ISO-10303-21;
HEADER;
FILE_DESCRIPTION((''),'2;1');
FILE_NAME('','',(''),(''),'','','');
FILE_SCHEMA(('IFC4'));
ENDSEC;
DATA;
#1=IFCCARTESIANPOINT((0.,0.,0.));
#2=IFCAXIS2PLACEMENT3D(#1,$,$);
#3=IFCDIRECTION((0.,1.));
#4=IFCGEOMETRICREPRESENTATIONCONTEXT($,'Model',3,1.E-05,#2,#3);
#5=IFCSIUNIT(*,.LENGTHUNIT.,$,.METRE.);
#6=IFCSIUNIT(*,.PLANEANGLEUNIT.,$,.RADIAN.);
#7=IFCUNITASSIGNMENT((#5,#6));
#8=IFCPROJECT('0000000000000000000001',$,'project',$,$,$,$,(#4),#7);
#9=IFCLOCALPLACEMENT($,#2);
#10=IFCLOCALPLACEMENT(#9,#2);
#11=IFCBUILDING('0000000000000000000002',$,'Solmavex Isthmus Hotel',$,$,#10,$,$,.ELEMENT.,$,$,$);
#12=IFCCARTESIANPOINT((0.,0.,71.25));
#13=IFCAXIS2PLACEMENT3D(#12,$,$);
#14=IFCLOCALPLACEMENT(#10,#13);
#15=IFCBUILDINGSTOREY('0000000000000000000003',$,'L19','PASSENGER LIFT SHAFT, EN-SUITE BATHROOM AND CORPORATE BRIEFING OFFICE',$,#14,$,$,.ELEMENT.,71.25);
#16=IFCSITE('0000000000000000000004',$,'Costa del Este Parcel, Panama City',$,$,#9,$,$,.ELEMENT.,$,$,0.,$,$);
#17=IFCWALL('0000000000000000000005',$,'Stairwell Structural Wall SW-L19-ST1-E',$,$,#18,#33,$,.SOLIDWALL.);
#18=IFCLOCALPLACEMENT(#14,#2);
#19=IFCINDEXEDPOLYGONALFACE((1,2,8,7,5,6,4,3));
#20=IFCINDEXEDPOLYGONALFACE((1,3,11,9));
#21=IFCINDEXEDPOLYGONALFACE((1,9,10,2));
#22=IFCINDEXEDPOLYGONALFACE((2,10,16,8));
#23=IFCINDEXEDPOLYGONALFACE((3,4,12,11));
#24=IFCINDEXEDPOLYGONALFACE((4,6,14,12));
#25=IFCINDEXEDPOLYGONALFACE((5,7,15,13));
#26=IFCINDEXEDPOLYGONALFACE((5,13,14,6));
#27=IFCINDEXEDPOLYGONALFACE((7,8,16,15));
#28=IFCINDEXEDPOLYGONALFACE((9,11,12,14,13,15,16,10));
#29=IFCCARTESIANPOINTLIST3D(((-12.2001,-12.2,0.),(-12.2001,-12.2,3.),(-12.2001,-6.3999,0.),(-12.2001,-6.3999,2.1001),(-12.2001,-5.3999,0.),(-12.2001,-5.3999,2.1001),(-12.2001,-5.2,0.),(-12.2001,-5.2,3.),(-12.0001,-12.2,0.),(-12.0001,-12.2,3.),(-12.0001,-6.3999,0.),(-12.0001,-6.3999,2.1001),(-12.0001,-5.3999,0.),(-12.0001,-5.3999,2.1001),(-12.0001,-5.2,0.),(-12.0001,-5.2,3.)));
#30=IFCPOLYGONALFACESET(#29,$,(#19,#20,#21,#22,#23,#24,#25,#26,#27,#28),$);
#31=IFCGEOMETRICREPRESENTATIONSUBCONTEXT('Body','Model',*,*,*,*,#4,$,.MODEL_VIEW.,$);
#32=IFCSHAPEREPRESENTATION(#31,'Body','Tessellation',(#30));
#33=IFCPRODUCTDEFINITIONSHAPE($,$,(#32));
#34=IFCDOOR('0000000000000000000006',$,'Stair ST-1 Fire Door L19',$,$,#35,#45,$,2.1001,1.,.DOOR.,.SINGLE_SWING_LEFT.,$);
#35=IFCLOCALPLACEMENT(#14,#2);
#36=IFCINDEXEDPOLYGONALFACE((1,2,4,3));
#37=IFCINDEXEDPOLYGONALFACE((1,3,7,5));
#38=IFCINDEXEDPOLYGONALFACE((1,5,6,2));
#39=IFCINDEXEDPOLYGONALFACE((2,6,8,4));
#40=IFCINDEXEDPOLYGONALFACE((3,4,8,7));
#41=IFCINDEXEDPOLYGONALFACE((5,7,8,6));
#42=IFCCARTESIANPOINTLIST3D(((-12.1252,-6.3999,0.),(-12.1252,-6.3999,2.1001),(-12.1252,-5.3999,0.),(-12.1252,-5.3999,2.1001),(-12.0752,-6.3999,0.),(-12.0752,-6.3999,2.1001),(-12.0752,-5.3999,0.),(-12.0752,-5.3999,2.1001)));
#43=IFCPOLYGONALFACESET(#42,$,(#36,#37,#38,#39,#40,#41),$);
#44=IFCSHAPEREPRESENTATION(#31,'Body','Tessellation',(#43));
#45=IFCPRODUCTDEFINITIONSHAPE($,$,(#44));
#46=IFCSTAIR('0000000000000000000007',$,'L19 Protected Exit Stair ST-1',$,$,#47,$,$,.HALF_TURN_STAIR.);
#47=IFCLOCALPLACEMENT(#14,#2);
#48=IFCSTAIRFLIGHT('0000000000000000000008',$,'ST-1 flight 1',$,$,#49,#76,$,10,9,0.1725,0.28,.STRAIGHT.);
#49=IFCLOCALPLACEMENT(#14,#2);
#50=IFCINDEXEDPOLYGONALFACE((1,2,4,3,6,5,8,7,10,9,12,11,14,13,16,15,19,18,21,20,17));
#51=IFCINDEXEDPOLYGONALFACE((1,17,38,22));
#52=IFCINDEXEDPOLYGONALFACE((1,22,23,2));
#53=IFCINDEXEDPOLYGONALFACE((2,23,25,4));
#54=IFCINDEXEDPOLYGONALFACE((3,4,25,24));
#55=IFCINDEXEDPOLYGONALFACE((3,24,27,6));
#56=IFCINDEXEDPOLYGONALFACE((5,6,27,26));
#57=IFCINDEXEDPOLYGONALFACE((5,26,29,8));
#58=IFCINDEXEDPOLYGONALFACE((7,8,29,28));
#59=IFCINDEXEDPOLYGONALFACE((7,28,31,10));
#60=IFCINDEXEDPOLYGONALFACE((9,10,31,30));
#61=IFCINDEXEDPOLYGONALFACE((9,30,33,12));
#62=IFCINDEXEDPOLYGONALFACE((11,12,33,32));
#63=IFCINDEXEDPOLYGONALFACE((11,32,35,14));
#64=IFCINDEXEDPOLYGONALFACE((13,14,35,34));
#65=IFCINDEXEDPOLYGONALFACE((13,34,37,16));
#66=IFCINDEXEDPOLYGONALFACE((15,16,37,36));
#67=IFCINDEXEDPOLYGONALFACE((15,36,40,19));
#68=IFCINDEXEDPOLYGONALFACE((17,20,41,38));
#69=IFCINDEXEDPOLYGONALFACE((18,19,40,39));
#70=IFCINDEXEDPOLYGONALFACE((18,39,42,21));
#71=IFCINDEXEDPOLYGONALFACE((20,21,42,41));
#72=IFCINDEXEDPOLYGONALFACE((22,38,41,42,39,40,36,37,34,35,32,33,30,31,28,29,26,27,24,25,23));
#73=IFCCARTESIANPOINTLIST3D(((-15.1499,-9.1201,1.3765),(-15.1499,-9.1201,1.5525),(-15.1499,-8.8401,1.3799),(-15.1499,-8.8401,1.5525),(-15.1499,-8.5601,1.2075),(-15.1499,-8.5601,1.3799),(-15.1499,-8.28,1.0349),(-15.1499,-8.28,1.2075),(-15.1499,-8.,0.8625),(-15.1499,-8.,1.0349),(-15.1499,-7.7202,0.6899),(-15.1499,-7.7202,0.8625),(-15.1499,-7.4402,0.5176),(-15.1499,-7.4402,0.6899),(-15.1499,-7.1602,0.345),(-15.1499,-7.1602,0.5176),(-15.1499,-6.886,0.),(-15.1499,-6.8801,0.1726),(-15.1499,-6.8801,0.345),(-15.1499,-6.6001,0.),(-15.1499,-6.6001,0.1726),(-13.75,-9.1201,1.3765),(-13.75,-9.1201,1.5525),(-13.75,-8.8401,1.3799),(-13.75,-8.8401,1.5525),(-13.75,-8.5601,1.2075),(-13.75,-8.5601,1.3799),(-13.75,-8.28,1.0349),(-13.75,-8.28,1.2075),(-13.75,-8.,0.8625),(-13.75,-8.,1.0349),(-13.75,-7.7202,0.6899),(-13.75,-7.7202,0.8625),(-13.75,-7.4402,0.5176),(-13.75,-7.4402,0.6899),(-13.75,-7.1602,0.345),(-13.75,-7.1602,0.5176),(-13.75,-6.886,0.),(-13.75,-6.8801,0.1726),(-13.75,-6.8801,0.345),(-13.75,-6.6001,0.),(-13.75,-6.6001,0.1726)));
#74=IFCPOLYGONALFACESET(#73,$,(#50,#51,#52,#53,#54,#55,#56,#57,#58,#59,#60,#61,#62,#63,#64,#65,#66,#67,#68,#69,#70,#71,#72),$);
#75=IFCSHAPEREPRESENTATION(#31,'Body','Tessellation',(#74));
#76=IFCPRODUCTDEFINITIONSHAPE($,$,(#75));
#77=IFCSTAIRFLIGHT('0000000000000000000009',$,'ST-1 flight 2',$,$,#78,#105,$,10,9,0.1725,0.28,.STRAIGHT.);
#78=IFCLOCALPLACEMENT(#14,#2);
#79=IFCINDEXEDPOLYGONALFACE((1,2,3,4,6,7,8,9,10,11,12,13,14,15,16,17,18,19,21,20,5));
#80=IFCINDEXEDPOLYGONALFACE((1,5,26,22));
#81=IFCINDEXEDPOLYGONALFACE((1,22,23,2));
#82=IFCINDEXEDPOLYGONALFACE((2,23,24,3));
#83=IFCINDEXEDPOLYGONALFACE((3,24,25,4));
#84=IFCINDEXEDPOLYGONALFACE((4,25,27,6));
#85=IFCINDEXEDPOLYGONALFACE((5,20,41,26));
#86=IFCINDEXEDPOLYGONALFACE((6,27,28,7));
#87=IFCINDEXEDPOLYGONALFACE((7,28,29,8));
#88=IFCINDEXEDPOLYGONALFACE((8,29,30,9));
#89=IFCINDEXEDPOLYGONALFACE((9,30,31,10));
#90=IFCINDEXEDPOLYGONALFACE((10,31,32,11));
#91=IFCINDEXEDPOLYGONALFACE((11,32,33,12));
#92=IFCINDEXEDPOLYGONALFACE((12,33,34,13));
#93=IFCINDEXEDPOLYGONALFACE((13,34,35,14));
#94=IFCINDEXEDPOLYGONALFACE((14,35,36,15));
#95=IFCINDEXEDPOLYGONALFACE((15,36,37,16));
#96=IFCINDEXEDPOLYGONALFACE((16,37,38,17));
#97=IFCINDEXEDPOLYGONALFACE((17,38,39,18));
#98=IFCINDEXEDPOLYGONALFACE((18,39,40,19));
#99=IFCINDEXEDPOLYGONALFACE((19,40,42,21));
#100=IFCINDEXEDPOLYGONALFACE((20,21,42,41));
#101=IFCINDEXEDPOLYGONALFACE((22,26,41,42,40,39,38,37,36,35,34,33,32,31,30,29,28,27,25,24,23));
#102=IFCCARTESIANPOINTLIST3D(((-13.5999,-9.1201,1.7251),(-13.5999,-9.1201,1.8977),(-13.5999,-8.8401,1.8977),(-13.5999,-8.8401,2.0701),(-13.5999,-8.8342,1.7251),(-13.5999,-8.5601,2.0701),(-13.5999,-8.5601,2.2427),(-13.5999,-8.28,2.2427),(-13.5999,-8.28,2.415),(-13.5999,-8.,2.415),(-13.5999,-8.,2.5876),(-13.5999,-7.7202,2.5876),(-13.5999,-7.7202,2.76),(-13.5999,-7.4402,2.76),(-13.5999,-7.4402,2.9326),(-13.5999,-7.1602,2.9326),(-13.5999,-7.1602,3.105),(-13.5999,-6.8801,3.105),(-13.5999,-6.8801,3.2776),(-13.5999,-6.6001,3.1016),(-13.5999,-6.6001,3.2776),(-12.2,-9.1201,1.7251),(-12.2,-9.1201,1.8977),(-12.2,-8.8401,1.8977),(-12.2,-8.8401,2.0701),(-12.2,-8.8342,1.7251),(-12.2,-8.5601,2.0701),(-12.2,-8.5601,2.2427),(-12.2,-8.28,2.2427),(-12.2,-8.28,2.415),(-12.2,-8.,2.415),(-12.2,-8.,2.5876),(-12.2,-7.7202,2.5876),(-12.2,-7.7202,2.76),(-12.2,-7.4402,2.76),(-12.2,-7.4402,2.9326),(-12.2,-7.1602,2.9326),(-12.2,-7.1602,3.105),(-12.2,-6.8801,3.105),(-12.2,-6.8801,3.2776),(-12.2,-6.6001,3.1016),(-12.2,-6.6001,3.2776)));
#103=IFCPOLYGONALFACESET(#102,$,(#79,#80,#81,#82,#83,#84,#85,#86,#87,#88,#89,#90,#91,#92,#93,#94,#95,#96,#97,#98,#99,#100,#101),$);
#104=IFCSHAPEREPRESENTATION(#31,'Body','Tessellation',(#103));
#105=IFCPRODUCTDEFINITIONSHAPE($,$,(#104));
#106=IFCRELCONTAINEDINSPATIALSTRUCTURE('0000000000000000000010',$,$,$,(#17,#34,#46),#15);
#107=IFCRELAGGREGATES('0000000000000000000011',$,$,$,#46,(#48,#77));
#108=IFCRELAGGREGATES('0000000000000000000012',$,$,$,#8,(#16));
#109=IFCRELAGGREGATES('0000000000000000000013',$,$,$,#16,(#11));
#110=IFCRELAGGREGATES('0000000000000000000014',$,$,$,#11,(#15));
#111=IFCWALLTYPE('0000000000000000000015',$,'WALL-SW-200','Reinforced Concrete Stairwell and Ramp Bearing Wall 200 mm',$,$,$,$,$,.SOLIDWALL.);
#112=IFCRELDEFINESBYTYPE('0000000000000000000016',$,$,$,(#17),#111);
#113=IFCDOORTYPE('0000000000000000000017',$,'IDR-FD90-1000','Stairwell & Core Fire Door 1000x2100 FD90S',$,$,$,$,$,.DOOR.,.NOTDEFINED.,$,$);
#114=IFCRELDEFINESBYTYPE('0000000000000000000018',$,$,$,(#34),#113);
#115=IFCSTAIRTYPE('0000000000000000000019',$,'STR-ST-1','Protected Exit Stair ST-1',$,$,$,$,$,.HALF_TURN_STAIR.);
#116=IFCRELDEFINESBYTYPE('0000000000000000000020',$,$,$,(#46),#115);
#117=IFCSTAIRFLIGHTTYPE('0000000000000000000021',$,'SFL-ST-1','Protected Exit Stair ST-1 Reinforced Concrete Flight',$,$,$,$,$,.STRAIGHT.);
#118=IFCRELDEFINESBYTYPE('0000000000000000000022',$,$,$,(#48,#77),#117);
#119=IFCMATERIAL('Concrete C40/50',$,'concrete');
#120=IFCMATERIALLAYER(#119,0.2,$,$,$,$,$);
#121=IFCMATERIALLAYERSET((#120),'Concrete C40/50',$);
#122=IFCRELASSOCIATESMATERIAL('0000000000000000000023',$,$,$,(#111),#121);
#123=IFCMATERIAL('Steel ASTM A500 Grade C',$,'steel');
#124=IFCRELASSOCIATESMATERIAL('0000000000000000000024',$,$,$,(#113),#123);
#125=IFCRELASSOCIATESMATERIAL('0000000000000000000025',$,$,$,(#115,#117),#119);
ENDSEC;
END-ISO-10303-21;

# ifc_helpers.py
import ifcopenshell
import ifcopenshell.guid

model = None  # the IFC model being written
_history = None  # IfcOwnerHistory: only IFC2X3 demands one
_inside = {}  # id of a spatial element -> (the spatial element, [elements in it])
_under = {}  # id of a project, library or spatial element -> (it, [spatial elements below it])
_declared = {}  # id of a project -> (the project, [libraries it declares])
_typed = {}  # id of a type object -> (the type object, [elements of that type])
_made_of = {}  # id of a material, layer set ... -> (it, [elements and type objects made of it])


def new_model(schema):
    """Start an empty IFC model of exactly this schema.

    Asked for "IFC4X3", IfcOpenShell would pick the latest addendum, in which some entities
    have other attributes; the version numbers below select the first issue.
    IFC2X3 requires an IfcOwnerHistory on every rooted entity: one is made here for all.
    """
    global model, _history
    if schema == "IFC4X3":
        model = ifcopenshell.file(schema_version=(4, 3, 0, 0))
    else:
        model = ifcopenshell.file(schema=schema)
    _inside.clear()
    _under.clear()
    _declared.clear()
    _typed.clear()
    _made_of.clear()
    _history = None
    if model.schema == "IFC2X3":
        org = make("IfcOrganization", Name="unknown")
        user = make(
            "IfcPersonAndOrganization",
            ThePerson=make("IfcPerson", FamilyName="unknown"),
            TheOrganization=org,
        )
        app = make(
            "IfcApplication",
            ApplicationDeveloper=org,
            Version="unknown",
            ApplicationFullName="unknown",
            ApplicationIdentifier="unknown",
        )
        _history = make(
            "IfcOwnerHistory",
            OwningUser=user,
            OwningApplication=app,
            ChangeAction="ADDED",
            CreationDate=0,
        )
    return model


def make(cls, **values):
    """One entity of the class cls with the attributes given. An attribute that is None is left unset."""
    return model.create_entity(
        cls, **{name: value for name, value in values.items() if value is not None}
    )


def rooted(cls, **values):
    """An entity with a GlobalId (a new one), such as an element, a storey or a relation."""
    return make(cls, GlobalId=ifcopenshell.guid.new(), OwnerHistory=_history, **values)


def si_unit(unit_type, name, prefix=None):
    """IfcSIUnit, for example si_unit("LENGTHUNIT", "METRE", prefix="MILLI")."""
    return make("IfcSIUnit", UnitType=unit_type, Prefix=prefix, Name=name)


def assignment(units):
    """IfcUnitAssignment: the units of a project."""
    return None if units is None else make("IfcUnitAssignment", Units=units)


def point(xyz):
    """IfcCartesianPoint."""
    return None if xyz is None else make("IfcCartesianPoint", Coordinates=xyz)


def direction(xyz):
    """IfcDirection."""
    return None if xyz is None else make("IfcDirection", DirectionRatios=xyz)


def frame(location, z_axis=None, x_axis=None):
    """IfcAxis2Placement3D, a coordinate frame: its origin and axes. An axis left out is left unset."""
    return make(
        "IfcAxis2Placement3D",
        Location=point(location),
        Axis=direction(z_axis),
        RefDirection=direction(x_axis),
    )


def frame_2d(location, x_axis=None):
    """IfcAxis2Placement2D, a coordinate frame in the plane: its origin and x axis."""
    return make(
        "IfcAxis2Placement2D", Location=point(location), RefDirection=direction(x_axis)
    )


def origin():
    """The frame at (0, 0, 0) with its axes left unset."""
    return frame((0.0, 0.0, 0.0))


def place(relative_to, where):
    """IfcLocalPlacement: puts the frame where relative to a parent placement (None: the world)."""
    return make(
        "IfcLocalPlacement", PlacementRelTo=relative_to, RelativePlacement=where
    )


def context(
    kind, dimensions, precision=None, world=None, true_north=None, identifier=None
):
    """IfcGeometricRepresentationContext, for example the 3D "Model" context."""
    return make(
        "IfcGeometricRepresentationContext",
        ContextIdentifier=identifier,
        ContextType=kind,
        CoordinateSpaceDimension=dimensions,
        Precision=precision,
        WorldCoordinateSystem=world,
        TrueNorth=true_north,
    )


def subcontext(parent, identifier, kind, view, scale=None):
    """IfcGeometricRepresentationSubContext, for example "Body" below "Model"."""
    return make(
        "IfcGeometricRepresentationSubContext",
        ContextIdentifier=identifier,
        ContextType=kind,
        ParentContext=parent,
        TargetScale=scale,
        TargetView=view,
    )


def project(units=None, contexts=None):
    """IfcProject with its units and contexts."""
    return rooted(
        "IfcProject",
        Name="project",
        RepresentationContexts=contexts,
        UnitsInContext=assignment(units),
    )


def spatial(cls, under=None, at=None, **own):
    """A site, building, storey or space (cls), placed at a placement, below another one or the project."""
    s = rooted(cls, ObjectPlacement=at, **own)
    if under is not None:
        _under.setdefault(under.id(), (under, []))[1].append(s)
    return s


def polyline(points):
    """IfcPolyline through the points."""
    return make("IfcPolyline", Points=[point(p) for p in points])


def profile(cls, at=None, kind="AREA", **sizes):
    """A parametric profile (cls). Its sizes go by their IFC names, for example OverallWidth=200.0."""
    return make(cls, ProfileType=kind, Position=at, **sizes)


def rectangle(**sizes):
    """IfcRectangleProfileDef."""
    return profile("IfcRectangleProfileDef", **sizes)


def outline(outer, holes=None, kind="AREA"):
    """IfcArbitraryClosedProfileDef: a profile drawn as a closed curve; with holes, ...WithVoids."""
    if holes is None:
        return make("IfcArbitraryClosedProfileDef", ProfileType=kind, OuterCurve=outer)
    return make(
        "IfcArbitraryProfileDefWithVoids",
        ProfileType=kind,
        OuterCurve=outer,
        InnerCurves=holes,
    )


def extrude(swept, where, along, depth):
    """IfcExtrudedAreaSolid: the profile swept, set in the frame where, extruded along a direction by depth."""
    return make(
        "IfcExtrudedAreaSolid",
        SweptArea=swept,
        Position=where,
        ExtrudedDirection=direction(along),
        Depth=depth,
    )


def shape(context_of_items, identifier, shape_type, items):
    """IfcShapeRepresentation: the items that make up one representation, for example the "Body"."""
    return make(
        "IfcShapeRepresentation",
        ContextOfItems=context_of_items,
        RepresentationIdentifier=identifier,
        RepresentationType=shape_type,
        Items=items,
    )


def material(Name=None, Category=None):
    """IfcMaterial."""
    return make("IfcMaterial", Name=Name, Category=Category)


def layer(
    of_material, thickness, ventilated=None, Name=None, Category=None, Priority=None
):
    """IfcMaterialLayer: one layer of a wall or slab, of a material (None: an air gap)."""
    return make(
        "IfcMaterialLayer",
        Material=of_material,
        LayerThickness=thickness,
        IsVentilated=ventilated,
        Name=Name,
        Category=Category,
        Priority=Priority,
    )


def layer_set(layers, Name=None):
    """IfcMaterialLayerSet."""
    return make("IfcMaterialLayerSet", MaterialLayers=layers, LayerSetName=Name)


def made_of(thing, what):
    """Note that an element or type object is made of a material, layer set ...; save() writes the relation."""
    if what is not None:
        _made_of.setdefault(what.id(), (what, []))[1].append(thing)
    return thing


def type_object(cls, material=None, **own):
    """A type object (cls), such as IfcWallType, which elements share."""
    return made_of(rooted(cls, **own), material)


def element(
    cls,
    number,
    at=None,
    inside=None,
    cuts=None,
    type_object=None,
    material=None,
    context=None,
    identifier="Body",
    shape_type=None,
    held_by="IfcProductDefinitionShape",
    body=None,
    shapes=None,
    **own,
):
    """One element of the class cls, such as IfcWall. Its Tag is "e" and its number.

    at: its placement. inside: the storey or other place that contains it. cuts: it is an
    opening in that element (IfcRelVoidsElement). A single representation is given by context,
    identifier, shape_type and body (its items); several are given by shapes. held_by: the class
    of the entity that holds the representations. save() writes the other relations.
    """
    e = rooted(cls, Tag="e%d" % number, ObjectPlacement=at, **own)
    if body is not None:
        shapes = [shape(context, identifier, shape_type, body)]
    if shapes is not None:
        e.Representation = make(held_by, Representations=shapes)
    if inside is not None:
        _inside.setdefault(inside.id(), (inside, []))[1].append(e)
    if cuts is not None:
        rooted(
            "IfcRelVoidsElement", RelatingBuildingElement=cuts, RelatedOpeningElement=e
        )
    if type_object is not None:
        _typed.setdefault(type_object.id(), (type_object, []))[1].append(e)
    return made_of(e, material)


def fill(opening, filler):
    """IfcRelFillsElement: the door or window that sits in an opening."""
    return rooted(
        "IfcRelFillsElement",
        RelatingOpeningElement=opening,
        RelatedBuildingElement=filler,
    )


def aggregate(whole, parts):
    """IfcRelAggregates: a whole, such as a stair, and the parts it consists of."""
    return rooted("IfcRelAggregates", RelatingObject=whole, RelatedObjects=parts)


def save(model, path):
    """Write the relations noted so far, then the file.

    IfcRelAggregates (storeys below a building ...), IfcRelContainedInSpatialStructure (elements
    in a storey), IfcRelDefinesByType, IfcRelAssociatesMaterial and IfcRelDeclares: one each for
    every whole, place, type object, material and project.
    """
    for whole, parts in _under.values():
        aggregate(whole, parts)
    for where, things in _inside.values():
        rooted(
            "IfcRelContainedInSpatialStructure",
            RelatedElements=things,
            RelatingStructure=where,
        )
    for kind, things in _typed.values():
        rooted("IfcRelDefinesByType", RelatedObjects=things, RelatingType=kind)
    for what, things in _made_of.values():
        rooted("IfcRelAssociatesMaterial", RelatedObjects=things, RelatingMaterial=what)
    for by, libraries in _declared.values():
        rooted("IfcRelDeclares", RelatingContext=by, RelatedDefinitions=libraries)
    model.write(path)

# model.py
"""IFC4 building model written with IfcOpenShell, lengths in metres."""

from ifc_helpers import new_model, si_unit, direction, frame, frame_2d, origin, place, context, subcontext, project, spatial, polyline, rectangle, outline, extrude, material, layer, layer_set, type_object, element, fill, aggregate, save


model = new_model("IFC4")

# Units and contexts
model_context = context("Model", 3, precision=1e-05, world=origin(), true_north=direction((0.0, 1.0)))
body_context = subcontext(model_context, "Body", "Model", "MODEL_VIEW")
ifc_project = project(units=[si_unit("LENGTHUNIT", "METRE"), si_unit("PLANEANGLEUNIT", "RADIAN")], contexts=[model_context])

# Site, building, storey
site_placement = place(None, origin())
site = spatial("IfcSite", under=ifc_project, at=site_placement, Name="Costa del Este Parcel, Panama City", CompositionType="ELEMENT", RefElevation=0.0)
building_placement = place(site_placement, origin())
building = spatial("IfcBuilding", under=site, at=building_placement, Name="Solmavex Isthmus Hotel", CompositionType="ELEMENT")
storey_placement = place(building_placement, frame((0.0, 0.0, 71.25)))
storey = spatial("IfcBuildingStorey", under=building, at=storey_placement, Name="L19", Description="PASSENGER LIFT SHAFT, EN-SUITE BATHROOM AND CORPORATE BRIEFING OFFICE", CompositionType="ELEMENT", Elevation=71.25)

# Shared definitions
ifc_material_1 = material(Name="Concrete C40/50", Category="concrete")

# Shared definitions
ifc_layer_1 = layer(ifc_material_1, 0.2)
ifc_layer_set_1 = layer_set([ifc_layer_1], Name="Concrete C40/50")
wall_type_1 = type_object("IfcWallType", Name="WALL-SW-200", Description="Reinforced Concrete Stairwell and Ramp Bearing Wall 200 mm", PredefinedType="SOLIDWALL", material=ifc_layer_set_1)

# Wall, opening, door
wall_1_placement = place(storey_placement, frame((-12.1001, -12.2, 0.0), z_axis=(0.0, 0.0, 1.0), x_axis=(0.0, 1.0, 0.0)))
wall_1 = element("IfcWall", 1, at=wall_1_placement, inside=storey, type_object=wall_type_1, Name="Stairwell Structural Wall SW-L19-ST1-E", PredefinedType="SOLIDWALL", context=body_context, shape_type="SweptSolid", body=[
    extrude(rectangle(XDim=7.0, YDim=0.2, at=frame_2d((3.5, 0.0))), origin(), (0.0, 0.0, 1.0), 3.0),
])
opening_1_placement = place(wall_1_placement, frame((5.8, 0.0, 0.0)))
opening_1 = element("IfcOpeningElement", 2, at=opening_1_placement, cuts=wall_1, PredefinedType="OPENING", context=body_context, shape_type="SweptSolid", body=[
    extrude(rectangle(XDim=1.0, YDim=2.1001, at=frame_2d((0.5, 1.05))), frame((0.0, 0.1099, 0.0), z_axis=(0.0, -1.0, 0.0), x_axis=(1.0, 0.0, 0.0)), (0.0, 0.0, 1.0), 0.22),
])
ifc_material_2 = material(Name="Steel ASTM A500 Grade C", Category="steel")
door_type_1 = type_object("IfcDoorType", Name="IDR-FD90-1000", Description="Stairwell & Core Fire Door 1000x2100 FD90S", OperationType="NOTDEFINED", PredefinedType="DOOR", material=ifc_material_2)
door_1_placement = place(opening_1_placement, frame((1.0, 0.0, 0.0), z_axis=(0.0, 0.0, 1.0), x_axis=(-1.0, 0.0, 0.0)))
door_1 = element("IfcDoor", 3, at=door_1_placement, inside=storey, type_object=door_type_1, Name="Stair ST-1 Fire Door L19", OperationType="SINGLE_SWING_LEFT", OverallHeight=2.1001, OverallWidth=1.0, PredefinedType="DOOR", context=body_context, shape_type="SweptSolid", body=[
    extrude(rectangle(XDim=1.0, YDim=2.1001, at=frame_2d((0.5, 1.05))), frame((0.0, 0.0249, 0.0), z_axis=(0.0, -1.0, 0.0), x_axis=(1.0, 0.0, 0.0)), (0.0, 0.0, 1.0), 0.05),
])
fill(opening_1, door_1)

# Stair, stair flights
stair_type = type_object("IfcStairType", Name="STR-ST-1", Description="Protected Exit Stair ST-1", PredefinedType="HALF_TURN_STAIR", material=ifc_material_1)
stair_placement = place(storey_placement, origin())
stair = element("IfcStair", 4, at=stair_placement, inside=storey, type_object=stair_type, Name="L19 Protected Exit Stair ST-1", PredefinedType="HALF_TURN_STAIR")
stair_flight_type = type_object("IfcStairFlightType", Name="SFL-ST-1", Description="Protected Exit Stair ST-1 Reinforced Concrete Flight", PredefinedType="STRAIGHT", material=ifc_material_1)
stair_flight_1_placement = place(storey_placement, frame((-14.45, -6.6001, 0.0), z_axis=(0.0, 0.0, 1.0), x_axis=(0.0, -1.0, 0.0)))
stair_flight_1 = element("IfcStairFlight", 5, at=stair_flight_1_placement, type_object=stair_flight_type, Name="ST-1 flight 1", NumberOfRisers=10, NumberOfTreads=9, PredefinedType="STRAIGHT", RiserHeight=0.1725, TreadLength=0.28, context=body_context, shape_type="SweptSolid", body=[
    extrude(outline(polyline([(0.0, 0.0), (0.0, 0.1726), (0.28, 0.1726), (0.28, 0.345), (0.5601, 0.345), (0.5601, 0.5176), (0.8401, 0.5176), (0.8401, 0.6899), (1.1201, 0.6899), (1.1201, 0.8625), (1.3999, 0.8625), (1.3999, 1.0349), (1.6799, 1.0349), (1.6799, 1.2075), (1.96, 1.2075), (1.96, 1.3799), (2.24, 1.3799), (2.24, 1.5525), (2.52, 1.5525), (2.52, 1.7251), (2.52, 1.3765), (0.2859, 0.0), (0.0, 0.0)])), frame((0.0, 0.7, 0.0), z_axis=(0.0, -1.0, 0.0), x_axis=(1.0, 0.0, 0.0)), (0.0, 0.0, 1.0), 1.3999),
])
stair_flight_2_placement = place(storey_placement, frame((-12.8999, -9.1201, 1.7251), z_axis=(0.0, 0.0, 1.0), x_axis=(0.0, 1.0, 0.0)))
stair_flight_2 = element("IfcStairFlight", 6, at=stair_flight_2_placement, type_object=stair_flight_type, Name="ST-1 flight 2", NumberOfRisers=10, NumberOfTreads=9, PredefinedType="STRAIGHT", RiserHeight=0.1725, TreadLength=0.28, context=body_context, shape_type="SweptSolid", body=[
    extrude(outline(polyline([(0.0, 0.0), (0.0, 0.1726), (0.28, 0.1726), (0.28, 0.345), (0.5601, 0.345), (0.5601, 0.5176), (0.8401, 0.5176), (0.8401, 0.6899), (1.1201, 0.6899), (1.1201, 0.8625), (1.3999, 0.8625), (1.3999, 1.0349), (1.6799, 1.0349), (1.6799, 1.2075), (1.96, 1.2075), (1.96, 1.3799), (2.24, 1.3799), (2.24, 1.5525), (2.52, 1.5525), (2.52, 1.7251), (2.52, 1.3765), (0.2859, 0.0), (0.0, 0.0)])), frame((0.0, 0.7, 0.0), z_axis=(0.0, -1.0, 0.0), x_axis=(1.0, 0.0, 0.0)), (0.0, 0.0, 1.0), 1.3999),
])
aggregate(stair, [stair_flight_1, stair_flight_2])

save(model, "model.ifc")
